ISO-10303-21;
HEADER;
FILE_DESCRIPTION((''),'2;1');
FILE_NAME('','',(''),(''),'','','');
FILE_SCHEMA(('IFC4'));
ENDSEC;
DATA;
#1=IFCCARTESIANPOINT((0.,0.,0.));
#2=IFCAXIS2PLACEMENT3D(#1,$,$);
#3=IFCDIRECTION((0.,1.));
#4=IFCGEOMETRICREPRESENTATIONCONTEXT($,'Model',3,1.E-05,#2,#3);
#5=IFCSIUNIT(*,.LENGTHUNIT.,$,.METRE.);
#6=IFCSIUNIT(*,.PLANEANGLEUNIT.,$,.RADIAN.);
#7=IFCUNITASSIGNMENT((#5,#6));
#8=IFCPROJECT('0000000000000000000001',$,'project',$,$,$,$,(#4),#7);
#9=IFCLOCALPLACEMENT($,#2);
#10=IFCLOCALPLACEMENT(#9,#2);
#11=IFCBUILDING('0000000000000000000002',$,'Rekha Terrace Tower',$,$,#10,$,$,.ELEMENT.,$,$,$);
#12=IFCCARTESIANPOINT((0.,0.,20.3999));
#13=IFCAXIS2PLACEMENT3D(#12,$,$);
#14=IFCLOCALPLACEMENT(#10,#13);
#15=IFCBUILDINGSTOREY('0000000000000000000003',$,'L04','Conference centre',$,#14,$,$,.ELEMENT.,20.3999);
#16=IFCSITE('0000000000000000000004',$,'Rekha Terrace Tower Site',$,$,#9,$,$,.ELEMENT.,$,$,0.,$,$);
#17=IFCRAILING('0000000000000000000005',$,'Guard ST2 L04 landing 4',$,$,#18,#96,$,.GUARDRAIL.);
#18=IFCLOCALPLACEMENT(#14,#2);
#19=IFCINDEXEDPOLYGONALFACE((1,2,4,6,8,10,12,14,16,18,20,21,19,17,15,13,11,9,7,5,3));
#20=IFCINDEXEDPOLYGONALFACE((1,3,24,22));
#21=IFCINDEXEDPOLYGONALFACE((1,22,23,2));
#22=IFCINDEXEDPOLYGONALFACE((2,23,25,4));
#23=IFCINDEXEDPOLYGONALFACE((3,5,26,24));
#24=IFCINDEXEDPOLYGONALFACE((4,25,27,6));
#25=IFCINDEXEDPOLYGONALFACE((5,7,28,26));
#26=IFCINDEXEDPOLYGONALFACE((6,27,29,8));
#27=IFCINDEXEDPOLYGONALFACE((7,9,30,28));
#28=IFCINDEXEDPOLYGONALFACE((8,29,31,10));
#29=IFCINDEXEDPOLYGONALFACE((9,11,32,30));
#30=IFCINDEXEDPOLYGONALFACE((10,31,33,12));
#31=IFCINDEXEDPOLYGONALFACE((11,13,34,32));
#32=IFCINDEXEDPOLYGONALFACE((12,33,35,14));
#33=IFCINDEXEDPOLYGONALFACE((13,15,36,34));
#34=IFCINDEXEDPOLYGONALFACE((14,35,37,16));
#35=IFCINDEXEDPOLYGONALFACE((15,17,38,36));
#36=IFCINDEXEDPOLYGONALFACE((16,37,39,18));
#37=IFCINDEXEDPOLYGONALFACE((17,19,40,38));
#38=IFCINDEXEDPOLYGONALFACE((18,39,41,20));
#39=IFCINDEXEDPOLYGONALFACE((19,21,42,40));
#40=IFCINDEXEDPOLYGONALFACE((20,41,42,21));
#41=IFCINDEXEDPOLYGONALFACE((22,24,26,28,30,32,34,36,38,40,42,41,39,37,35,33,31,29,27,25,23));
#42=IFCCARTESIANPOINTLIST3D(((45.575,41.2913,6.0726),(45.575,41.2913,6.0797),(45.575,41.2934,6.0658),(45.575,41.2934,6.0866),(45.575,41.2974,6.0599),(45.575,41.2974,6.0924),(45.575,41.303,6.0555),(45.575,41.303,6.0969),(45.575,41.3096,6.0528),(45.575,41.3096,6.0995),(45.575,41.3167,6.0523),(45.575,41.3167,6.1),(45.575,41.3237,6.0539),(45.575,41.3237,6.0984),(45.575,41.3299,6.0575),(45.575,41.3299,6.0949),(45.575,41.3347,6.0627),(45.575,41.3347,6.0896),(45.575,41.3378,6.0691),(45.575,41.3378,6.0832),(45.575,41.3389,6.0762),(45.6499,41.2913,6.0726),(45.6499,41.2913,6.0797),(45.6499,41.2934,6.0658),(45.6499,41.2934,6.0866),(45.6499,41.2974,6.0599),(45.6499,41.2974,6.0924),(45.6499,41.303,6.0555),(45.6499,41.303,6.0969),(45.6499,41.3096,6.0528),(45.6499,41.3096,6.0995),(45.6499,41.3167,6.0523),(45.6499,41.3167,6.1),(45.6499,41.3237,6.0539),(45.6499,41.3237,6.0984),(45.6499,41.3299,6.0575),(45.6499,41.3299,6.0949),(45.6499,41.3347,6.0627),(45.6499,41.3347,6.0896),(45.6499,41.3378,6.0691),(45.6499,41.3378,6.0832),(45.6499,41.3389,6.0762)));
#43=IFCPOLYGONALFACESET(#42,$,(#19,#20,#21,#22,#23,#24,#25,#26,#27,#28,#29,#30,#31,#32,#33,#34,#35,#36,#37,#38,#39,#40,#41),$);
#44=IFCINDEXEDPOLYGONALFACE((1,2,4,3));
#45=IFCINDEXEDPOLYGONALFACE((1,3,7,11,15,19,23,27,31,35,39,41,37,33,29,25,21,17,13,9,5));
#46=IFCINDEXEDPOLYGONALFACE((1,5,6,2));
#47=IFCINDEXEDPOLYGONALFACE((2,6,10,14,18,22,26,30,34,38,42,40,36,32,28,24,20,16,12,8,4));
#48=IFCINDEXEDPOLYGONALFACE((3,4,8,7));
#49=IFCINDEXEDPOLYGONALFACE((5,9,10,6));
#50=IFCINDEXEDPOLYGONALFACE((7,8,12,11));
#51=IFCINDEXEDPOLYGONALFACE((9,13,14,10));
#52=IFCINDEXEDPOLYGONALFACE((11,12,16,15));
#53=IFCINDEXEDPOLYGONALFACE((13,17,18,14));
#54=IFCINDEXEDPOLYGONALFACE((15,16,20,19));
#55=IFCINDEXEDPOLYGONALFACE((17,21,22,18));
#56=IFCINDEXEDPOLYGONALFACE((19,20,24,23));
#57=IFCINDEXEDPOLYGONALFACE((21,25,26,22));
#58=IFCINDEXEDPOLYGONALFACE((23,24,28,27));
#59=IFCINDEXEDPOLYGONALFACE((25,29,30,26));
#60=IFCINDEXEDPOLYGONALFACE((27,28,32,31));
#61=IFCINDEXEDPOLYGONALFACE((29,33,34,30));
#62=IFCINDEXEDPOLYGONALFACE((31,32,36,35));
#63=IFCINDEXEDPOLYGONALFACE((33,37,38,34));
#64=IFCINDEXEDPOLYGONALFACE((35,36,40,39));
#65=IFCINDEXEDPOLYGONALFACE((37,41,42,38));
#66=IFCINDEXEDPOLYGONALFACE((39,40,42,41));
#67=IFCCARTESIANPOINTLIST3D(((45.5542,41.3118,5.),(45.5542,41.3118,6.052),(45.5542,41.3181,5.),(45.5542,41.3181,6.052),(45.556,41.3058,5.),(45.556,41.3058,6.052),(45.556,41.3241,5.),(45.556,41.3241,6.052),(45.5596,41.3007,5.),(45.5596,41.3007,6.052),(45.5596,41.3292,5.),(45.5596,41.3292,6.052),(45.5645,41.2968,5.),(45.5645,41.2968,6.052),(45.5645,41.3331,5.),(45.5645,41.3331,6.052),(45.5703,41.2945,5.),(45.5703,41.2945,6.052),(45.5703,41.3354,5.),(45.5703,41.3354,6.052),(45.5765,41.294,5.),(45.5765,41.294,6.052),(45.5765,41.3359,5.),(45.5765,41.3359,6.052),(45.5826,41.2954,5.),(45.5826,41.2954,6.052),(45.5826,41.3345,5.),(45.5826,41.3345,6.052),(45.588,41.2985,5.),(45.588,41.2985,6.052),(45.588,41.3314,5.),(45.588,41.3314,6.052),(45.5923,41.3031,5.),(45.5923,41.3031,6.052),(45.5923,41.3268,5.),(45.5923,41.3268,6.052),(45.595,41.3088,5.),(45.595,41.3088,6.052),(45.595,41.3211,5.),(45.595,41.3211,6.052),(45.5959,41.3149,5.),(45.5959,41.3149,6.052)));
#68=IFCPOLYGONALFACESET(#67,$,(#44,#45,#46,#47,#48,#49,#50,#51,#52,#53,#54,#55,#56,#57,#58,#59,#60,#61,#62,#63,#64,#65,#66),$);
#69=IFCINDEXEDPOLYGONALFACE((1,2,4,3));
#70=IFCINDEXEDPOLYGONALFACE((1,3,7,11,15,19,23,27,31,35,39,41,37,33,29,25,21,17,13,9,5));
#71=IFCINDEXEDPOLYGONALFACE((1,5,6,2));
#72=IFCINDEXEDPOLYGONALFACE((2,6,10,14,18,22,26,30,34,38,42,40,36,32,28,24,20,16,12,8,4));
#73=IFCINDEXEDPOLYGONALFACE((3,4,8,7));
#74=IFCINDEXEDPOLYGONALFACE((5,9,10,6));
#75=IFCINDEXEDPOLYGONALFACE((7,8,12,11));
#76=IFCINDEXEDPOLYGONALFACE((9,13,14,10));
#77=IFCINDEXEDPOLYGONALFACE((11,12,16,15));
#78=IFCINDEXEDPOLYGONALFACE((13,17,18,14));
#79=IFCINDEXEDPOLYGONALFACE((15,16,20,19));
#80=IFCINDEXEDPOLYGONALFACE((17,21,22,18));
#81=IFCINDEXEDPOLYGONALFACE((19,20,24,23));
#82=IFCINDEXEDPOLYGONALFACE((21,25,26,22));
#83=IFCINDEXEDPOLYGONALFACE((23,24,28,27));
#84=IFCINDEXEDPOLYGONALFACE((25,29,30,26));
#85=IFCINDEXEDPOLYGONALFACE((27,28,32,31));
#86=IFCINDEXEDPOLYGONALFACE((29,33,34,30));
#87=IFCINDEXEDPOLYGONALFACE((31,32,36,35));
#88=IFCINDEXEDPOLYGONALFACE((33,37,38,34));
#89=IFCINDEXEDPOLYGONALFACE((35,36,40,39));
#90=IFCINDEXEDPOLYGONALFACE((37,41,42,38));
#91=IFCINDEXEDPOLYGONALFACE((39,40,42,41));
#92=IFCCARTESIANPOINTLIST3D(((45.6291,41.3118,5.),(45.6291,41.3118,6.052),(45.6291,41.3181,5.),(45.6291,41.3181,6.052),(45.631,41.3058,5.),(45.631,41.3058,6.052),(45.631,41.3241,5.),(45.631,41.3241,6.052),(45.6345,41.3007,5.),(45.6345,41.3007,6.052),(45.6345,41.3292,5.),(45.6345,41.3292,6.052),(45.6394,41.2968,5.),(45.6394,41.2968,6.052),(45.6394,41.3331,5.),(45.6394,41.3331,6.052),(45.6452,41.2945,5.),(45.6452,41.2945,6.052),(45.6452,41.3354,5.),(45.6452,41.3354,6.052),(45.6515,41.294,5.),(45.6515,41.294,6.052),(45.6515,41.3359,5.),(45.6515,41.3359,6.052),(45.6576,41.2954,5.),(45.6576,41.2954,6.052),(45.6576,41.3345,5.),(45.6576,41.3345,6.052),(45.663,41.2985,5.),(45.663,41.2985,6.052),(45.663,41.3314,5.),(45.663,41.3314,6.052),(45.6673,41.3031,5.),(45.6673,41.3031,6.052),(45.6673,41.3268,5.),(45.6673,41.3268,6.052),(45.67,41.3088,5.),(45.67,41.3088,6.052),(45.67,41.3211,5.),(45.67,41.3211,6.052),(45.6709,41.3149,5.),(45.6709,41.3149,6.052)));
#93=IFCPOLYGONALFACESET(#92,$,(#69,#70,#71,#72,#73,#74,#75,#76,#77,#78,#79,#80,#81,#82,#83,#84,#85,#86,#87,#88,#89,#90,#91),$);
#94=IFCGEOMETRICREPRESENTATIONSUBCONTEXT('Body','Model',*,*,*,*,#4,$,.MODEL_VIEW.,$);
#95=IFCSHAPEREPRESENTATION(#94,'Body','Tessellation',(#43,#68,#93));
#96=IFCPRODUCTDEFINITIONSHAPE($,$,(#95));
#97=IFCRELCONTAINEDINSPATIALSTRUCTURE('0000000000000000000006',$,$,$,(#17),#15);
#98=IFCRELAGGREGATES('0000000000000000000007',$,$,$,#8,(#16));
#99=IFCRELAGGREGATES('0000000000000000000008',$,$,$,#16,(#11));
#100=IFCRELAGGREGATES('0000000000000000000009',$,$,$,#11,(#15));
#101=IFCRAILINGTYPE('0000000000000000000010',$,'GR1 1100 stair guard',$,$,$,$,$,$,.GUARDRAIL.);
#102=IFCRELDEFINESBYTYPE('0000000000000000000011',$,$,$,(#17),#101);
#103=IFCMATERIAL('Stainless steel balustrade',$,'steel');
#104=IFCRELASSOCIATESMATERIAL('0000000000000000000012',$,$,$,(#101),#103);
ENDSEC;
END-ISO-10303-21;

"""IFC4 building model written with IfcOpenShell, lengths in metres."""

from ifc_helpers import new_model, si_unit, direction, frame, origin, origin_2d, place, context, subcontext, project, spatial, circle, extrude, material, type_object, element, save


model = new_model("IFC4")

# Units and contexts
model_context = context("Model", 3, precision=1e-05, world=origin(), true_north=direction((0.0, 1.0)))
body_context = subcontext(model_context, "Body", "Model", "MODEL_VIEW")
ifc_project = project(units=[si_unit("LENGTHUNIT", "METRE"), si_unit("PLANEANGLEUNIT", "RADIAN")], contexts=[model_context])

# Site, building, storey
site_placement = place(None, origin())
site = spatial("IfcSite", under=ifc_project, at=site_placement, Name="Rekha Terrace Tower Site", CompositionType="ELEMENT", RefElevation=0.0)
building_placement = place(site_placement, origin())
building = spatial("IfcBuilding", under=site, at=building_placement, Name="Rekha Terrace Tower", CompositionType="ELEMENT")
storey_placement = place(building_placement, frame((0.0, 0.0, 20.3999)))
storey = spatial("IfcBuildingStorey", under=building, at=storey_placement, Name="L04", Description="Conference centre", CompositionType="ELEMENT", Elevation=20.3999)

# Railing
ifc_material_1 = material(Name="Stainless steel balustrade", Category="steel")
railing_type_1 = type_object("IfcRailingType", Name="GR1 1100 stair guard", PredefinedType="GUARDRAIL", material=ifc_material_1)
railing_1_placement = place(storey_placement, frame((45.575, 41.3149, 5.0)))
element("IfcRailing", 1, at=railing_1_placement, inside=storey, type_object=railing_type_1, Name="Guard ST2 L04 landing 4", PredefinedType="GUARDRAIL", context=body_context, shape_type="SweptSolid", body=[
    extrude(circle(Radius=0.0239, at=origin_2d()), frame((0.0, 0.0, 1.0762), z_axis=(1.0, 0.0, 0.0), x_axis=(0.0, 1.0, 0.0)), (0.0, 0.0, 1.0), 0.075),
    extrude(circle(Radius=0.021, at=origin_2d()), origin(), (0.0, 0.0, 1.0), 1.052),
    extrude(circle(Radius=0.021, at=origin_2d()), frame((0.075, 0.0, 0.0)), (0.0, 0.0, 1.0), 1.052),
])

save(model, "model.ifc")
